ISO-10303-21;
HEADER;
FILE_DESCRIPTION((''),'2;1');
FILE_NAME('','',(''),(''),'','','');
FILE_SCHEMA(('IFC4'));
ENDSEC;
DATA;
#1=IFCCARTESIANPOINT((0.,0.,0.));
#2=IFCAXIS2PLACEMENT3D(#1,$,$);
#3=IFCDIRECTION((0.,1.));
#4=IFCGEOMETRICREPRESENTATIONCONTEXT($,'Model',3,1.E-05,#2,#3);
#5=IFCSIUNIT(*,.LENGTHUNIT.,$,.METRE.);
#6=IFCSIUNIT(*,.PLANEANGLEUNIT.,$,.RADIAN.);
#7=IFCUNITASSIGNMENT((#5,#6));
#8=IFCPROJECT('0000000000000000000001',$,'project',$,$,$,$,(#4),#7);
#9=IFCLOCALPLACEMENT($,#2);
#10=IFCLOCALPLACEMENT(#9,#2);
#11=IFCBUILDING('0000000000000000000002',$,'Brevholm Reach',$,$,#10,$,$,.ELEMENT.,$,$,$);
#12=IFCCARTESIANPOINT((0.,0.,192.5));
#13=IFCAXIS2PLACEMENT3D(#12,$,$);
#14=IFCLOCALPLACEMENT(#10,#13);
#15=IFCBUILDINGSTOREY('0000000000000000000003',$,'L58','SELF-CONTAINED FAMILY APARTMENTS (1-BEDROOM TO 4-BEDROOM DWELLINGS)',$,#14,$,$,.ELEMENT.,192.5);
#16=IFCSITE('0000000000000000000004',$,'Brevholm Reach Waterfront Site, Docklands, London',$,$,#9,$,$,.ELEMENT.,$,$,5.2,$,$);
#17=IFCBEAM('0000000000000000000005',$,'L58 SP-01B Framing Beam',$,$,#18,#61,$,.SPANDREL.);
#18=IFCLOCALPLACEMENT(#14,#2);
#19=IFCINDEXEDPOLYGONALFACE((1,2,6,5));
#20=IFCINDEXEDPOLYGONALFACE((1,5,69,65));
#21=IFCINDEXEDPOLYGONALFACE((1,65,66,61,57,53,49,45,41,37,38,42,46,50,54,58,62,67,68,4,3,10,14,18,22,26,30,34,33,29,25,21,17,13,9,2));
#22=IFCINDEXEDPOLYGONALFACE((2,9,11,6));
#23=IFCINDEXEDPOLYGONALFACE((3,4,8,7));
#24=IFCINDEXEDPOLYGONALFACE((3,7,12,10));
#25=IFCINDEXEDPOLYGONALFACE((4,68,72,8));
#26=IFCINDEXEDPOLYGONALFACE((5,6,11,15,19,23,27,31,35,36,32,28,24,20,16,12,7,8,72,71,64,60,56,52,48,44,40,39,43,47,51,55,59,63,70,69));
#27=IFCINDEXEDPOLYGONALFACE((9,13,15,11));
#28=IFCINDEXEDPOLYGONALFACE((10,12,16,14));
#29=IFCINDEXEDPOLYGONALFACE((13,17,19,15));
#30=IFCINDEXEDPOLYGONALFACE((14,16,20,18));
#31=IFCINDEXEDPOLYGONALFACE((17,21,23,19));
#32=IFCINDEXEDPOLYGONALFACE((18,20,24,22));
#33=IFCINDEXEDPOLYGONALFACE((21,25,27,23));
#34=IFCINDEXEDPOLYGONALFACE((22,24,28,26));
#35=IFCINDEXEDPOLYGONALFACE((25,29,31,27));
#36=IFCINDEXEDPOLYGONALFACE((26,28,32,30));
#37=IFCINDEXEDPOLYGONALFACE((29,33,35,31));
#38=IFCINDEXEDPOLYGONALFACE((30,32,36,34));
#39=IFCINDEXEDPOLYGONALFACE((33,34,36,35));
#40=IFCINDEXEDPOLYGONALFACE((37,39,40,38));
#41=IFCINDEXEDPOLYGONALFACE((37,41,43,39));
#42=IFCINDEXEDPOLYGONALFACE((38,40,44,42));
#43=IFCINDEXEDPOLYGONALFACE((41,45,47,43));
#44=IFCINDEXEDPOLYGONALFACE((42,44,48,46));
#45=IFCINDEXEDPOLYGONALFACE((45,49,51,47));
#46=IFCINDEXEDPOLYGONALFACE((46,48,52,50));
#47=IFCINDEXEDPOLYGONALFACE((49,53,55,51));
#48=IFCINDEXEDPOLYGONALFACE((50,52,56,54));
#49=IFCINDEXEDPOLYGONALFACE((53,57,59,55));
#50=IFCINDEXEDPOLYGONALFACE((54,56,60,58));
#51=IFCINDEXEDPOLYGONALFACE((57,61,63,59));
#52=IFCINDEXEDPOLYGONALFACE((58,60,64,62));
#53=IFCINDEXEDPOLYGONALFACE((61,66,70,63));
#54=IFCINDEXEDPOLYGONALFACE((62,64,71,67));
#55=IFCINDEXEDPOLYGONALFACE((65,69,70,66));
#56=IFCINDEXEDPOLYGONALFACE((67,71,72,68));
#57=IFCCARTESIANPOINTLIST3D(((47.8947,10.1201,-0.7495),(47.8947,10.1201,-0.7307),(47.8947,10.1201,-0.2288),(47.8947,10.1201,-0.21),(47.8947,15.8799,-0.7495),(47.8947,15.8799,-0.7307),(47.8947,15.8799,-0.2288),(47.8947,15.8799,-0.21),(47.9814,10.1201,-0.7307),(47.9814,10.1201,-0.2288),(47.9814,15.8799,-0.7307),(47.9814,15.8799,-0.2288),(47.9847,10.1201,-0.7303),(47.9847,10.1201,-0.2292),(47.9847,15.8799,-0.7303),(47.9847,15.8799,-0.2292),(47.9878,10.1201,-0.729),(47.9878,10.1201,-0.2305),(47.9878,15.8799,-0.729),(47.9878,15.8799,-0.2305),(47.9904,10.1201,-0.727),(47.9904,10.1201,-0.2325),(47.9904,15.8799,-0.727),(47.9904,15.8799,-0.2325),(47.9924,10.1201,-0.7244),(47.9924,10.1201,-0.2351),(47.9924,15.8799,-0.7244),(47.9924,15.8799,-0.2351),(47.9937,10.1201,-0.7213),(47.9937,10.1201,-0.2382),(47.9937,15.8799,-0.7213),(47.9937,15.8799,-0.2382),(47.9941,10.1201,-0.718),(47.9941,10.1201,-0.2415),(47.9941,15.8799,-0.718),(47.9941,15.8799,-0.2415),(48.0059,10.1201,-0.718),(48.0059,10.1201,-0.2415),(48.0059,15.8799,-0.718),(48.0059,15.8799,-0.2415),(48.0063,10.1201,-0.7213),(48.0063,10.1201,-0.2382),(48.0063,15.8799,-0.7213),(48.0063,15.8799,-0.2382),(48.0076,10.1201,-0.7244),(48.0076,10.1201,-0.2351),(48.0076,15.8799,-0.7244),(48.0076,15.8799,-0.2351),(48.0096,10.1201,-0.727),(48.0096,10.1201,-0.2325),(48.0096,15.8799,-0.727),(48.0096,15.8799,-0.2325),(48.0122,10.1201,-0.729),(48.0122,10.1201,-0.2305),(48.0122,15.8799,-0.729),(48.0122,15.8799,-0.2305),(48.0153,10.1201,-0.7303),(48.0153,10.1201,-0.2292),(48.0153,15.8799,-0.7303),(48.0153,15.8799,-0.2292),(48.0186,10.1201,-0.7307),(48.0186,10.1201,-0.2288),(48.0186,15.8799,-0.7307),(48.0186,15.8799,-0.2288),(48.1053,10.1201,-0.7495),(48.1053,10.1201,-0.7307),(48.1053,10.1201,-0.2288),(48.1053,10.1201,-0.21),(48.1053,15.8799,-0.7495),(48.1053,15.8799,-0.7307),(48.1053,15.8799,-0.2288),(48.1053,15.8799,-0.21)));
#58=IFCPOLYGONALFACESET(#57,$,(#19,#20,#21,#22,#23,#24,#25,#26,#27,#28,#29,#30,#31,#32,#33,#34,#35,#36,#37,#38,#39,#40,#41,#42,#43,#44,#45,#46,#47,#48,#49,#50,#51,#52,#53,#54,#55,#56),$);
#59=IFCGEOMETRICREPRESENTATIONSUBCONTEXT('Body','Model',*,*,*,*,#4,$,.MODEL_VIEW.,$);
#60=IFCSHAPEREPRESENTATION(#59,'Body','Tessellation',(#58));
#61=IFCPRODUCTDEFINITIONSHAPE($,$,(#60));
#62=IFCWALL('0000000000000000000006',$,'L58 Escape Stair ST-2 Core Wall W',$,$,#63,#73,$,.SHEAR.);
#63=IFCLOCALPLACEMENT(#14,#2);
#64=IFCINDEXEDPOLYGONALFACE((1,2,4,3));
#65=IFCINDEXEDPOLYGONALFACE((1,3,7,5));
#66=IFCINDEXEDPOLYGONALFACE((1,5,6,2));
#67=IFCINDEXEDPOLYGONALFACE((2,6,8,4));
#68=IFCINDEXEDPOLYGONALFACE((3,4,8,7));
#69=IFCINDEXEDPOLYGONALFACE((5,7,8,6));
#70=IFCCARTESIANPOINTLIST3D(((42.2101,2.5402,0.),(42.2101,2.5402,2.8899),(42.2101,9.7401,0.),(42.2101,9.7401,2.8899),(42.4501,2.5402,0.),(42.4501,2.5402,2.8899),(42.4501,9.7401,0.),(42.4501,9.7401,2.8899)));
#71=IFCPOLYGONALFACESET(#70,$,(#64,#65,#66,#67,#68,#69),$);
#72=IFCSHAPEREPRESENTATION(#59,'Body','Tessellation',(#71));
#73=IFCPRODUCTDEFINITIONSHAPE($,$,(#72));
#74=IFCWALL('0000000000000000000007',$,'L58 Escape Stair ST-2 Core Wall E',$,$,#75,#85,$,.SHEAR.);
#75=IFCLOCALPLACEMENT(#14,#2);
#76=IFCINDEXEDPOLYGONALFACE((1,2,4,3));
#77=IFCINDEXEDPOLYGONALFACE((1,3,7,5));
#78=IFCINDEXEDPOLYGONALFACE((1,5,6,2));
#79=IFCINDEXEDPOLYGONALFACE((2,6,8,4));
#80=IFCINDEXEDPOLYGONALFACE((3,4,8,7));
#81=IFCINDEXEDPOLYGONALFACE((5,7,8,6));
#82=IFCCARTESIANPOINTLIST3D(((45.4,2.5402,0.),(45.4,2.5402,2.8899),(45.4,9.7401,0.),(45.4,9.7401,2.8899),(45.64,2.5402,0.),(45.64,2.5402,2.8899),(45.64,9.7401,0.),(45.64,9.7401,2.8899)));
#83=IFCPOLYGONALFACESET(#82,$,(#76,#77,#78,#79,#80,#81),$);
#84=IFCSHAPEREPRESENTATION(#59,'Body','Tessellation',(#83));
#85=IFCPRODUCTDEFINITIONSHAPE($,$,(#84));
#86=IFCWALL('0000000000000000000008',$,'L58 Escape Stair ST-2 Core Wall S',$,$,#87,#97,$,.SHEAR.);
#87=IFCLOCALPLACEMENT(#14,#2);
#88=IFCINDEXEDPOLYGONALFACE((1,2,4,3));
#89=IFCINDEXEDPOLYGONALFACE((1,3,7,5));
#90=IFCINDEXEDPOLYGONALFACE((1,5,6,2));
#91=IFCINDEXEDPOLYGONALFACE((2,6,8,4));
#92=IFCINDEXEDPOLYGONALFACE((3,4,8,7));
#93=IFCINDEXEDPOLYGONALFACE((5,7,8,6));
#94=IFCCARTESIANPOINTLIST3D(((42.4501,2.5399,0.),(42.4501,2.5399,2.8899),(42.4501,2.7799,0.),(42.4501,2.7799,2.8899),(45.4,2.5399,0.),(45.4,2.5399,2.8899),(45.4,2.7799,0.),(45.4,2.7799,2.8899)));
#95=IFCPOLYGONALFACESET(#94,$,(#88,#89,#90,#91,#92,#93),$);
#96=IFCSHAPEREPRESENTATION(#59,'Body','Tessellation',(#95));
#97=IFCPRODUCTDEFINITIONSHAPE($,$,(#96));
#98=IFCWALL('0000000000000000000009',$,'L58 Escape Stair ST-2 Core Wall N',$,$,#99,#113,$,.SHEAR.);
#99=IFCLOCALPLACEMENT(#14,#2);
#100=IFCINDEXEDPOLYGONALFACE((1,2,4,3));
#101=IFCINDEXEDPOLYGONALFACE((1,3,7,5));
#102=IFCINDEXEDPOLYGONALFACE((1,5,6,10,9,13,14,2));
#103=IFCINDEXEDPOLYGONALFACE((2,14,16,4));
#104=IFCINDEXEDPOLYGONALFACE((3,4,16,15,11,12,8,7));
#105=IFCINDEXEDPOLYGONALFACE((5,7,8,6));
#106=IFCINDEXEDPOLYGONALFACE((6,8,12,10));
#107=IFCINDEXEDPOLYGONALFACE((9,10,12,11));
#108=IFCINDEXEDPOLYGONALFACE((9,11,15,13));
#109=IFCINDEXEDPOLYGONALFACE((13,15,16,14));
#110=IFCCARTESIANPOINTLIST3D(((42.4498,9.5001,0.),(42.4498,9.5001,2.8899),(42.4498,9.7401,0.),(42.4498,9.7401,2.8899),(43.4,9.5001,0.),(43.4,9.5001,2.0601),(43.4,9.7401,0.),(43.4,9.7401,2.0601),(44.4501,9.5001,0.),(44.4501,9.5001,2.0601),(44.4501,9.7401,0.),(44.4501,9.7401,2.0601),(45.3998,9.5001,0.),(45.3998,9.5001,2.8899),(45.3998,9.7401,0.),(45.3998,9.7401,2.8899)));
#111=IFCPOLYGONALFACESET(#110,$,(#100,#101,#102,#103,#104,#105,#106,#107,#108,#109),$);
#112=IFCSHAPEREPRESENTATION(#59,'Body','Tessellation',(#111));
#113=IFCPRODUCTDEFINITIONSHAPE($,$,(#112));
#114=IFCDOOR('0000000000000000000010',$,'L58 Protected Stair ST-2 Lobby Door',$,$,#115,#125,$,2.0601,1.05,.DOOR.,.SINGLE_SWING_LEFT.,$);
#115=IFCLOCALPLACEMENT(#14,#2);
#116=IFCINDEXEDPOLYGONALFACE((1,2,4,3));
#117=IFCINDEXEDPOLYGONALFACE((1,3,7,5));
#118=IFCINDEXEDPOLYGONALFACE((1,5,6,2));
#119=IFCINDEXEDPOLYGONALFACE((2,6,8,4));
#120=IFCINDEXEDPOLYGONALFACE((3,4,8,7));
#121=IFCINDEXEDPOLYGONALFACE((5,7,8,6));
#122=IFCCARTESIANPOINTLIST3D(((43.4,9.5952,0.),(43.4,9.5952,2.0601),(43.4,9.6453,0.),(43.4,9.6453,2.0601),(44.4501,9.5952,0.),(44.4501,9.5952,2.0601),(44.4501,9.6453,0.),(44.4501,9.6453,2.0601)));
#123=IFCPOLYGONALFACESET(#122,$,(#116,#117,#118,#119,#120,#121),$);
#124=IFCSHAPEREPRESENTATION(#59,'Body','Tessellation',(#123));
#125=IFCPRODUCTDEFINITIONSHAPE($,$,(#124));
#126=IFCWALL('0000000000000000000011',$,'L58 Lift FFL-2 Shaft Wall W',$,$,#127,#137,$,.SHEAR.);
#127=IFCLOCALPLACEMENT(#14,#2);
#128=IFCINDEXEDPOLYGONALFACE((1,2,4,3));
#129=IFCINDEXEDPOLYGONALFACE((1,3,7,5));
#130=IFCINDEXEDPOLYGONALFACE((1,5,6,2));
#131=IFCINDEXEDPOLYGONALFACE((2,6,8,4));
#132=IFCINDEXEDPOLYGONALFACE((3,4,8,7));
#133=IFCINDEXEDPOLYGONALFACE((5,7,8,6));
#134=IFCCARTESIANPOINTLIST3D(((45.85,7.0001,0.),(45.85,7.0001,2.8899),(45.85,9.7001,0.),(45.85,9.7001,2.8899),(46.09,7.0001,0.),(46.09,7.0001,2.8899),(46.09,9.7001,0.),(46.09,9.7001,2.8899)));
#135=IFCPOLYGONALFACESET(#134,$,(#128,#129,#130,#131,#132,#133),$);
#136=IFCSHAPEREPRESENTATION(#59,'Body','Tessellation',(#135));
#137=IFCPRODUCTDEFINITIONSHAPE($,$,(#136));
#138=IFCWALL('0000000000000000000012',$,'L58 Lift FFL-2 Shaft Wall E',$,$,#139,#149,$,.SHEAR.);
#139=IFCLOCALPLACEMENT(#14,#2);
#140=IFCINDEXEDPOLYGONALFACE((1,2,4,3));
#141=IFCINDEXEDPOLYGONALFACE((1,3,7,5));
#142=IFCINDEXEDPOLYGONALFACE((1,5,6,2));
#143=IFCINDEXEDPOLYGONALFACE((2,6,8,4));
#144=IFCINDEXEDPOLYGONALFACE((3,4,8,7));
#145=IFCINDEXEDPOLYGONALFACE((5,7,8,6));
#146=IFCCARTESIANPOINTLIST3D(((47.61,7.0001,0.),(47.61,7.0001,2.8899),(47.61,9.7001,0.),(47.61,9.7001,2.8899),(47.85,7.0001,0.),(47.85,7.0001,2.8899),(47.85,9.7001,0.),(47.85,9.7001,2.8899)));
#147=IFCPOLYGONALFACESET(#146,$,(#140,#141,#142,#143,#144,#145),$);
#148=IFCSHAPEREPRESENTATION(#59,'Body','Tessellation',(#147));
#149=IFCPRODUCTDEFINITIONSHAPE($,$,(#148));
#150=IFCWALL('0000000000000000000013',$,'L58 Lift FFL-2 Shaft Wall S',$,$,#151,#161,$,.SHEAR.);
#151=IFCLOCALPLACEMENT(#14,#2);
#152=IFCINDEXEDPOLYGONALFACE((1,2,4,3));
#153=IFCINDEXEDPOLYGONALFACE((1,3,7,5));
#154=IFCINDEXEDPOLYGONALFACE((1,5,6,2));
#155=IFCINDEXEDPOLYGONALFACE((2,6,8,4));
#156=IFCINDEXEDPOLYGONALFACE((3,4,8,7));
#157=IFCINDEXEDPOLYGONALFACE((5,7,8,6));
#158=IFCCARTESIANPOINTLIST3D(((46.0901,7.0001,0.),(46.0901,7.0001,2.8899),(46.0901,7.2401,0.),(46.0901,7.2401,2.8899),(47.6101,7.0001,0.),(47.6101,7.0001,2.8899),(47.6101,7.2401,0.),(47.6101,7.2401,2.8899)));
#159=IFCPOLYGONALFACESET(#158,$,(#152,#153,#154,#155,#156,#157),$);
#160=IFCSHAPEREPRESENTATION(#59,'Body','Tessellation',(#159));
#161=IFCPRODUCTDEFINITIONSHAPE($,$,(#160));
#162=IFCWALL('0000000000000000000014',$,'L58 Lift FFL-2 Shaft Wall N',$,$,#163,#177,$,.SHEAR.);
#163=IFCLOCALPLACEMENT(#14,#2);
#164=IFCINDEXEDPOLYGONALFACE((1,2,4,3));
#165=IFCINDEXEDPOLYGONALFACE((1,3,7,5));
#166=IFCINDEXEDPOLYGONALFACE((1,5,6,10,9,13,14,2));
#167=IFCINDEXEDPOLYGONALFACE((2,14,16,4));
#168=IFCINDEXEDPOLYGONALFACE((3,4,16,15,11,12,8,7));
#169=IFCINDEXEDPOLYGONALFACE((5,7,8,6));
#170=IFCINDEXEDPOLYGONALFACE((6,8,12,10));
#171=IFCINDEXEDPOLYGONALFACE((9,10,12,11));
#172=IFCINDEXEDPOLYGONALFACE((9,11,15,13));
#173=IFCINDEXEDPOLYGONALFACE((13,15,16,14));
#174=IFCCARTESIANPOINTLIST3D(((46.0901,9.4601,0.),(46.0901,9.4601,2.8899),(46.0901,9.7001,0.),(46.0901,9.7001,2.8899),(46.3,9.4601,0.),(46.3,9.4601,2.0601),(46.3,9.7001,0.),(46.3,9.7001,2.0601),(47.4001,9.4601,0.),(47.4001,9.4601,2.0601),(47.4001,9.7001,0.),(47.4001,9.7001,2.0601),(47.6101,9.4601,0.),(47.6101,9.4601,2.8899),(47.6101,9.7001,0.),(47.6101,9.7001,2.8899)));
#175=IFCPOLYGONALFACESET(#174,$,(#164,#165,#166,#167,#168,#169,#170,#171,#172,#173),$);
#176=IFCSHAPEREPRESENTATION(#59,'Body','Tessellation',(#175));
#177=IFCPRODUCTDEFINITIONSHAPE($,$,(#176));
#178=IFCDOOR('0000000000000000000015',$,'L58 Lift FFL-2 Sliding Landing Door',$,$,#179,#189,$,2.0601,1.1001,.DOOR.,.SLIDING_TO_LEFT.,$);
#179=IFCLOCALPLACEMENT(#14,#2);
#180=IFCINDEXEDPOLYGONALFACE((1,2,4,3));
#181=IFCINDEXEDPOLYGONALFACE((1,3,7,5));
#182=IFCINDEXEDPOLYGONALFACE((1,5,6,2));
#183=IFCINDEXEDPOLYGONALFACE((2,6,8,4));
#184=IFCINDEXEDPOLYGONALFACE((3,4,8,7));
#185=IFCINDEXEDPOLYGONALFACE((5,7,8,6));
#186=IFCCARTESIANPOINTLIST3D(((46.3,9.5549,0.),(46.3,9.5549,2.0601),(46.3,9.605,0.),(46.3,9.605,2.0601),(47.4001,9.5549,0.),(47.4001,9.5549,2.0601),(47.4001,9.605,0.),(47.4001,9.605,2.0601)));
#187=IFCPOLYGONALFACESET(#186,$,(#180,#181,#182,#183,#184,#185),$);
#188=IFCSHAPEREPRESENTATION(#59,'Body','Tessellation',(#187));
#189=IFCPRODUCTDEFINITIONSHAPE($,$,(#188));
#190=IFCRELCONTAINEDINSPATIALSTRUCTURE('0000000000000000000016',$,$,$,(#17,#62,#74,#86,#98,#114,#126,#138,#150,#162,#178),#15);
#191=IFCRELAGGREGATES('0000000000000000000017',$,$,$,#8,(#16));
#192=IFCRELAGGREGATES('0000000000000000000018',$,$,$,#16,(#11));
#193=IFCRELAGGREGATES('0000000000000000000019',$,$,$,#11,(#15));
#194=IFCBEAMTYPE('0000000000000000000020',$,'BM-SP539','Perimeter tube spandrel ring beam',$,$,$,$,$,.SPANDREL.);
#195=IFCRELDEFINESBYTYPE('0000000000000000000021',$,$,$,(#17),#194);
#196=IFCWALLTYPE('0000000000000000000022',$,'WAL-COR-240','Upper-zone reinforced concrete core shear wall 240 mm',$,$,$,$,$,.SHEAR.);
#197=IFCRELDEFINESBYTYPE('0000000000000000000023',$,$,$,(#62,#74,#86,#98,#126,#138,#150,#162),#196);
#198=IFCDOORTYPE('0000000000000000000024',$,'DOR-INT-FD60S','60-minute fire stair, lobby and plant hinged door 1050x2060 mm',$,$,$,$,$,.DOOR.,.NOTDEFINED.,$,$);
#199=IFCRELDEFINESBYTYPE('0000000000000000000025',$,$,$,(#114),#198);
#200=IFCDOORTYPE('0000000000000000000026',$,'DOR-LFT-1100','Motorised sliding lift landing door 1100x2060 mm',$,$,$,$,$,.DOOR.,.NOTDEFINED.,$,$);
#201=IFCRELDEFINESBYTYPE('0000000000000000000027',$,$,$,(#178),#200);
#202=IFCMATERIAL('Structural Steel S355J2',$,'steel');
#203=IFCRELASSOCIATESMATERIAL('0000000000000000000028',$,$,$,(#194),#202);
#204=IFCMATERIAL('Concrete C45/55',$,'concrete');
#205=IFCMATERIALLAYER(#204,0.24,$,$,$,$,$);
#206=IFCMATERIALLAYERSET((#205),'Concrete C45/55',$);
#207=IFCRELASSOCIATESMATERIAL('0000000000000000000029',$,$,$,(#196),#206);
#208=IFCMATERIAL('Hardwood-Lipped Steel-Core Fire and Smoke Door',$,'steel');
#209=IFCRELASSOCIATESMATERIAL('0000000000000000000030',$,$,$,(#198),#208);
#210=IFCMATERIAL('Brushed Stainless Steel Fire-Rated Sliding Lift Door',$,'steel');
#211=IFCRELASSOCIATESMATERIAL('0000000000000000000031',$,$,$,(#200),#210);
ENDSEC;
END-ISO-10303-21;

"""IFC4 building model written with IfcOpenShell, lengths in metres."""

from ifc_helpers import new_model, si_unit, direction, frame, frame_2d, origin, origin_2d, place, context, subcontext, project, spatial, rectangle, i_section, extrude, material, layer, layer_set, material_profile, profile_set, type_object, element, fill, save


model = new_model("IFC4")

# Units and contexts
model_context = context("Model", 3, precision=1e-05, world=origin(), true_north=direction((0.0, 1.0)))
body_context = subcontext(model_context, "Body", "Model", "MODEL_VIEW")
ifc_project = project(units=[si_unit("LENGTHUNIT", "METRE"), si_unit("PLANEANGLEUNIT", "RADIAN")], contexts=[model_context])

# Site, building, storey
site_placement = place(None, origin())
site = spatial("IfcSite", under=ifc_project, at=site_placement, Name="Brevholm Reach Waterfront Site, Docklands, London", CompositionType="ELEMENT", RefElevation=5.2)
building_placement = place(site_placement, origin())
building = spatial("IfcBuilding", under=site, at=building_placement, Name="Brevholm Reach", CompositionType="ELEMENT")
storey_placement = place(building_placement, frame((0.0, 0.0, 192.5)))
storey = spatial("IfcBuildingStorey", under=building, at=storey_placement, Name="L58", Description="SELF-CONTAINED FAMILY APARTMENTS (1-BEDROOM TO 4-BEDROOM DWELLINGS)", CompositionType="ELEMENT", Elevation=192.5)

# Beam
ifc_material_1 = material(Name="Structural Steel S355J2", Category="steel")
ifc_material_profile_1 = material_profile(ifc_material_1, i_section(OverallWidth=0.2107, OverallDepth=0.5396, WebThickness=0.0117, FlangeThickness=0.0188, FilletRadius=0.0127, at=origin_2d()), Name="UKB 533x210x109")
ifc_profile_set_1 = profile_set([ifc_material_profile_1], Name="Structural Steel S355J2")
beam_type = type_object("IfcBeamType", Name="BM-SP539", Description="Perimeter tube spandrel ring beam", PredefinedType="SPANDREL", material=ifc_profile_set_1)
beam_1_placement = place(storey_placement, frame((48.0, 10.1201, -0.4797), z_axis=(0.0, 1.0, 0.0), x_axis=(-1.0, 0.0, 0.0)))
element("IfcBeam", 1, at=beam_1_placement, inside=storey, type_object=beam_type, Name="L58 SP-01B Framing Beam", PredefinedType="SPANDREL", context=body_context, shape_type="SweptSolid", body=[
    extrude(i_section(OverallWidth=0.2107, OverallDepth=0.5396, WebThickness=0.0117, FlangeThickness=0.0188, FilletRadius=0.0127, at=origin_2d()), origin(), (0.0, 0.0, 1.0), 5.7598),
])

# Walls
ifc_material_2 = material(Name="Concrete C45/55", Category="concrete")
ifc_layer_1 = layer(ifc_material_2, 0.24)
ifc_layer_set_1 = layer_set([ifc_layer_1], Name="Concrete C45/55")
wall_type_1 = type_object("IfcWallType", Name="WAL-COR-240", Description="Upper-zone reinforced concrete core shear wall 240 mm", PredefinedType="SHEAR", material=ifc_layer_set_1)
for number, where, z_axis, x_axis, name in (
    (2, (42.3301, 2.54, 0.0), (0.0, 0.0, 1.0), (0.0, 1.0, 0.0), "L58 Escape Stair ST-2 Core Wall W"),
    (3, (45.52, 2.54, 0.0), (0.0, 0.0, 1.0), (0.0, 1.0, 0.0), "L58 Escape Stair ST-2 Core Wall E"),
):
    element("IfcWall", number, at=place(storey_placement, frame(where, z_axis=z_axis, x_axis=x_axis)), inside=storey, type_object=wall_type_1, Name=name, PredefinedType="SHEAR", context=body_context, shape_type="SweptSolid", body=[
        extrude(rectangle(XDim=7.2, YDim=0.24, at=frame_2d((3.6001, 0.0))), origin(), (0.0, 0.0, 1.0), 2.8899),
    ])
wall_1_placement = place(storey_placement, frame((42.45, 2.6599, 0.0), z_axis=(0.0, 0.0, 1.0), x_axis=(1.0, 0.0, 0.0)))
element("IfcWall", 4, at=wall_1_placement, inside=storey, type_object=wall_type_1, Name="L58 Escape Stair ST-2 Core Wall S", PredefinedType="SHEAR", context=body_context, shape_type="SweptSolid", body=[
    extrude(rectangle(XDim=2.95, YDim=0.24, at=frame_2d((1.4751, 0.0))), origin(), (0.0, 0.0, 1.0), 2.8899),
])

# Wall, opening, door
wall_2_placement = place(storey_placement, frame((45.3999, 9.6201, 0.0), z_axis=(0.0, 0.0, 1.0), x_axis=(-1.0, 0.0, 0.0)))
wall_2 = element("IfcWall", 5, at=wall_2_placement, inside=storey, type_object=wall_type_1, Name="L58 Escape Stair ST-2 Core Wall N", PredefinedType="SHEAR", context=body_context, shape_type="SweptSolid", body=[
    extrude(rectangle(XDim=2.95, YDim=0.24, at=frame_2d((1.4751, 0.0))), origin(), (0.0, 0.0, 1.0), 2.8899),
])
opening_1_placement = place(wall_2_placement, frame((0.95, 0.0, 0.0)))
opening_1 = element("IfcOpeningElement", 6, at=opening_1_placement, cuts=wall_2, PredefinedType="OPENING", context=body_context, shape_type="SweptSolid", body=[
    extrude(rectangle(XDim=1.05, YDim=2.0601, at=frame_2d((0.5249, 1.03))), frame((0.0, 0.1299, 0.0), z_axis=(0.0, -1.0, 0.0), x_axis=(1.0, 0.0, 0.0)), (0.0, 0.0, 1.0), 0.26),
])
ifc_material_3 = material(Name="Hardwood-Lipped Steel-Core Fire and Smoke Door", Category="steel")
door_type_1 = type_object("IfcDoorType", Name="DOR-INT-FD60S", Description="60-minute fire stair, lobby and plant hinged door 1050x2060 mm", OperationType="NOTDEFINED", PredefinedType="DOOR", material=ifc_material_3)
door_1_placement = place(opening_1_placement, origin())
door_1 = element("IfcDoor", 7, at=door_1_placement, inside=storey, type_object=door_type_1, Name="L58 Protected Stair ST-2 Lobby Door", OperationType="SINGLE_SWING_LEFT", OverallHeight=2.0601, OverallWidth=1.05, PredefinedType="DOOR", context=body_context, shape_type="SweptSolid", body=[
    extrude(rectangle(XDim=1.05, YDim=2.0601, at=frame_2d((0.5249, 1.03))), frame((0.0, 0.0249, 0.0), z_axis=(0.0, -1.0, 0.0), x_axis=(1.0, 0.0, 0.0)), (0.0, 0.0, 1.0), 0.05),
])
fill(opening_1, door_1)

# Walls
for number, where, z_axis, x_axis, name in (
    (8, (45.97, 7.0, 0.0), (0.0, 0.0, 1.0), (0.0, 1.0, 0.0), "L58 Lift FFL-2 Shaft Wall W"),
    (9, (47.73, 7.0, 0.0), (0.0, 0.0, 1.0), (0.0, 1.0, 0.0), "L58 Lift FFL-2 Shaft Wall E"),
):
    element("IfcWall", number, at=place(storey_placement, frame(where, z_axis=z_axis, x_axis=x_axis)), inside=storey, type_object=wall_type_1, Name=name, PredefinedType="SHEAR", context=body_context, shape_type="SweptSolid", body=[
        extrude(rectangle(XDim=2.7, YDim=0.24, at=frame_2d((1.3501, 0.0))), origin(), (0.0, 0.0, 1.0), 2.8899),
    ])
wall_3_placement = place(storey_placement, frame((46.0901, 7.1201, 0.0), z_axis=(0.0, 0.0, 1.0), x_axis=(1.0, 0.0, 0.0)))
element("IfcWall", 10, at=wall_3_placement, inside=storey, type_object=wall_type_1, Name="L58 Lift FFL-2 Shaft Wall S", PredefinedType="SHEAR", context=body_context, shape_type="SweptSolid", body=[
    extrude(rectangle(XDim=1.52, YDim=0.24, at=frame_2d((0.76, 0.0))), origin(), (0.0, 0.0, 1.0), 2.8899),
])

# Wall, opening, door
wall_4_placement = place(storey_placement, frame((46.0901, 9.5801, 0.0), z_axis=(0.0, 0.0, 1.0), x_axis=(1.0, 0.0, 0.0)))
wall_4 = element("IfcWall", 11, at=wall_4_placement, inside=storey, type_object=wall_type_1, Name="L58 Lift FFL-2 Shaft Wall N", PredefinedType="SHEAR", context=body_context, shape_type="SweptSolid", body=[
    extrude(rectangle(XDim=1.52, YDim=0.24, at=frame_2d((0.76, 0.0))), origin(), (0.0, 0.0, 1.0), 2.8899),
])
opening_2_placement = place(wall_4_placement, frame((0.21, 0.0, 0.0)))
opening_2 = element("IfcOpeningElement", 12, at=opening_2_placement, cuts=wall_4, PredefinedType="OPENING", context=body_context, shape_type="SweptSolid", body=[
    extrude(rectangle(XDim=1.1001, YDim=2.0601, at=frame_2d((0.55, 1.03))), frame((0.0, 0.1299, 0.0), z_axis=(0.0, -1.0, 0.0), x_axis=(1.0, 0.0, 0.0)), (0.0, 0.0, 1.0), 0.26),
])
ifc_material_4 = material(Name="Brushed Stainless Steel Fire-Rated Sliding Lift Door", Category="steel")
door_type_2 = type_object("IfcDoorType", Name="DOR-LFT-1100", Description="Motorised sliding lift landing door 1100x2060 mm", OperationType="NOTDEFINED", PredefinedType="DOOR", material=ifc_material_4)
door_2_placement = place(opening_2_placement, origin())
door_2 = element("IfcDoor", 13, at=door_2_placement, inside=storey, type_object=door_type_2, Name="L58 Lift FFL-2 Sliding Landing Door", OperationType="SLIDING_TO_LEFT", OverallHeight=2.0601, OverallWidth=1.1001, PredefinedType="DOOR", context=body_context, shape_type="SweptSolid", body=[
    extrude(rectangle(XDim=1.1001, YDim=2.0601, at=frame_2d((0.55, 1.03))), frame((0.0, 0.0249, 0.0), z_axis=(0.0, -1.0, 0.0), x_axis=(1.0, 0.0, 0.0)), (0.0, 0.0, 1.0), 0.05),
])
fill(opening_2, door_2)

save(model, "model.ifc")
